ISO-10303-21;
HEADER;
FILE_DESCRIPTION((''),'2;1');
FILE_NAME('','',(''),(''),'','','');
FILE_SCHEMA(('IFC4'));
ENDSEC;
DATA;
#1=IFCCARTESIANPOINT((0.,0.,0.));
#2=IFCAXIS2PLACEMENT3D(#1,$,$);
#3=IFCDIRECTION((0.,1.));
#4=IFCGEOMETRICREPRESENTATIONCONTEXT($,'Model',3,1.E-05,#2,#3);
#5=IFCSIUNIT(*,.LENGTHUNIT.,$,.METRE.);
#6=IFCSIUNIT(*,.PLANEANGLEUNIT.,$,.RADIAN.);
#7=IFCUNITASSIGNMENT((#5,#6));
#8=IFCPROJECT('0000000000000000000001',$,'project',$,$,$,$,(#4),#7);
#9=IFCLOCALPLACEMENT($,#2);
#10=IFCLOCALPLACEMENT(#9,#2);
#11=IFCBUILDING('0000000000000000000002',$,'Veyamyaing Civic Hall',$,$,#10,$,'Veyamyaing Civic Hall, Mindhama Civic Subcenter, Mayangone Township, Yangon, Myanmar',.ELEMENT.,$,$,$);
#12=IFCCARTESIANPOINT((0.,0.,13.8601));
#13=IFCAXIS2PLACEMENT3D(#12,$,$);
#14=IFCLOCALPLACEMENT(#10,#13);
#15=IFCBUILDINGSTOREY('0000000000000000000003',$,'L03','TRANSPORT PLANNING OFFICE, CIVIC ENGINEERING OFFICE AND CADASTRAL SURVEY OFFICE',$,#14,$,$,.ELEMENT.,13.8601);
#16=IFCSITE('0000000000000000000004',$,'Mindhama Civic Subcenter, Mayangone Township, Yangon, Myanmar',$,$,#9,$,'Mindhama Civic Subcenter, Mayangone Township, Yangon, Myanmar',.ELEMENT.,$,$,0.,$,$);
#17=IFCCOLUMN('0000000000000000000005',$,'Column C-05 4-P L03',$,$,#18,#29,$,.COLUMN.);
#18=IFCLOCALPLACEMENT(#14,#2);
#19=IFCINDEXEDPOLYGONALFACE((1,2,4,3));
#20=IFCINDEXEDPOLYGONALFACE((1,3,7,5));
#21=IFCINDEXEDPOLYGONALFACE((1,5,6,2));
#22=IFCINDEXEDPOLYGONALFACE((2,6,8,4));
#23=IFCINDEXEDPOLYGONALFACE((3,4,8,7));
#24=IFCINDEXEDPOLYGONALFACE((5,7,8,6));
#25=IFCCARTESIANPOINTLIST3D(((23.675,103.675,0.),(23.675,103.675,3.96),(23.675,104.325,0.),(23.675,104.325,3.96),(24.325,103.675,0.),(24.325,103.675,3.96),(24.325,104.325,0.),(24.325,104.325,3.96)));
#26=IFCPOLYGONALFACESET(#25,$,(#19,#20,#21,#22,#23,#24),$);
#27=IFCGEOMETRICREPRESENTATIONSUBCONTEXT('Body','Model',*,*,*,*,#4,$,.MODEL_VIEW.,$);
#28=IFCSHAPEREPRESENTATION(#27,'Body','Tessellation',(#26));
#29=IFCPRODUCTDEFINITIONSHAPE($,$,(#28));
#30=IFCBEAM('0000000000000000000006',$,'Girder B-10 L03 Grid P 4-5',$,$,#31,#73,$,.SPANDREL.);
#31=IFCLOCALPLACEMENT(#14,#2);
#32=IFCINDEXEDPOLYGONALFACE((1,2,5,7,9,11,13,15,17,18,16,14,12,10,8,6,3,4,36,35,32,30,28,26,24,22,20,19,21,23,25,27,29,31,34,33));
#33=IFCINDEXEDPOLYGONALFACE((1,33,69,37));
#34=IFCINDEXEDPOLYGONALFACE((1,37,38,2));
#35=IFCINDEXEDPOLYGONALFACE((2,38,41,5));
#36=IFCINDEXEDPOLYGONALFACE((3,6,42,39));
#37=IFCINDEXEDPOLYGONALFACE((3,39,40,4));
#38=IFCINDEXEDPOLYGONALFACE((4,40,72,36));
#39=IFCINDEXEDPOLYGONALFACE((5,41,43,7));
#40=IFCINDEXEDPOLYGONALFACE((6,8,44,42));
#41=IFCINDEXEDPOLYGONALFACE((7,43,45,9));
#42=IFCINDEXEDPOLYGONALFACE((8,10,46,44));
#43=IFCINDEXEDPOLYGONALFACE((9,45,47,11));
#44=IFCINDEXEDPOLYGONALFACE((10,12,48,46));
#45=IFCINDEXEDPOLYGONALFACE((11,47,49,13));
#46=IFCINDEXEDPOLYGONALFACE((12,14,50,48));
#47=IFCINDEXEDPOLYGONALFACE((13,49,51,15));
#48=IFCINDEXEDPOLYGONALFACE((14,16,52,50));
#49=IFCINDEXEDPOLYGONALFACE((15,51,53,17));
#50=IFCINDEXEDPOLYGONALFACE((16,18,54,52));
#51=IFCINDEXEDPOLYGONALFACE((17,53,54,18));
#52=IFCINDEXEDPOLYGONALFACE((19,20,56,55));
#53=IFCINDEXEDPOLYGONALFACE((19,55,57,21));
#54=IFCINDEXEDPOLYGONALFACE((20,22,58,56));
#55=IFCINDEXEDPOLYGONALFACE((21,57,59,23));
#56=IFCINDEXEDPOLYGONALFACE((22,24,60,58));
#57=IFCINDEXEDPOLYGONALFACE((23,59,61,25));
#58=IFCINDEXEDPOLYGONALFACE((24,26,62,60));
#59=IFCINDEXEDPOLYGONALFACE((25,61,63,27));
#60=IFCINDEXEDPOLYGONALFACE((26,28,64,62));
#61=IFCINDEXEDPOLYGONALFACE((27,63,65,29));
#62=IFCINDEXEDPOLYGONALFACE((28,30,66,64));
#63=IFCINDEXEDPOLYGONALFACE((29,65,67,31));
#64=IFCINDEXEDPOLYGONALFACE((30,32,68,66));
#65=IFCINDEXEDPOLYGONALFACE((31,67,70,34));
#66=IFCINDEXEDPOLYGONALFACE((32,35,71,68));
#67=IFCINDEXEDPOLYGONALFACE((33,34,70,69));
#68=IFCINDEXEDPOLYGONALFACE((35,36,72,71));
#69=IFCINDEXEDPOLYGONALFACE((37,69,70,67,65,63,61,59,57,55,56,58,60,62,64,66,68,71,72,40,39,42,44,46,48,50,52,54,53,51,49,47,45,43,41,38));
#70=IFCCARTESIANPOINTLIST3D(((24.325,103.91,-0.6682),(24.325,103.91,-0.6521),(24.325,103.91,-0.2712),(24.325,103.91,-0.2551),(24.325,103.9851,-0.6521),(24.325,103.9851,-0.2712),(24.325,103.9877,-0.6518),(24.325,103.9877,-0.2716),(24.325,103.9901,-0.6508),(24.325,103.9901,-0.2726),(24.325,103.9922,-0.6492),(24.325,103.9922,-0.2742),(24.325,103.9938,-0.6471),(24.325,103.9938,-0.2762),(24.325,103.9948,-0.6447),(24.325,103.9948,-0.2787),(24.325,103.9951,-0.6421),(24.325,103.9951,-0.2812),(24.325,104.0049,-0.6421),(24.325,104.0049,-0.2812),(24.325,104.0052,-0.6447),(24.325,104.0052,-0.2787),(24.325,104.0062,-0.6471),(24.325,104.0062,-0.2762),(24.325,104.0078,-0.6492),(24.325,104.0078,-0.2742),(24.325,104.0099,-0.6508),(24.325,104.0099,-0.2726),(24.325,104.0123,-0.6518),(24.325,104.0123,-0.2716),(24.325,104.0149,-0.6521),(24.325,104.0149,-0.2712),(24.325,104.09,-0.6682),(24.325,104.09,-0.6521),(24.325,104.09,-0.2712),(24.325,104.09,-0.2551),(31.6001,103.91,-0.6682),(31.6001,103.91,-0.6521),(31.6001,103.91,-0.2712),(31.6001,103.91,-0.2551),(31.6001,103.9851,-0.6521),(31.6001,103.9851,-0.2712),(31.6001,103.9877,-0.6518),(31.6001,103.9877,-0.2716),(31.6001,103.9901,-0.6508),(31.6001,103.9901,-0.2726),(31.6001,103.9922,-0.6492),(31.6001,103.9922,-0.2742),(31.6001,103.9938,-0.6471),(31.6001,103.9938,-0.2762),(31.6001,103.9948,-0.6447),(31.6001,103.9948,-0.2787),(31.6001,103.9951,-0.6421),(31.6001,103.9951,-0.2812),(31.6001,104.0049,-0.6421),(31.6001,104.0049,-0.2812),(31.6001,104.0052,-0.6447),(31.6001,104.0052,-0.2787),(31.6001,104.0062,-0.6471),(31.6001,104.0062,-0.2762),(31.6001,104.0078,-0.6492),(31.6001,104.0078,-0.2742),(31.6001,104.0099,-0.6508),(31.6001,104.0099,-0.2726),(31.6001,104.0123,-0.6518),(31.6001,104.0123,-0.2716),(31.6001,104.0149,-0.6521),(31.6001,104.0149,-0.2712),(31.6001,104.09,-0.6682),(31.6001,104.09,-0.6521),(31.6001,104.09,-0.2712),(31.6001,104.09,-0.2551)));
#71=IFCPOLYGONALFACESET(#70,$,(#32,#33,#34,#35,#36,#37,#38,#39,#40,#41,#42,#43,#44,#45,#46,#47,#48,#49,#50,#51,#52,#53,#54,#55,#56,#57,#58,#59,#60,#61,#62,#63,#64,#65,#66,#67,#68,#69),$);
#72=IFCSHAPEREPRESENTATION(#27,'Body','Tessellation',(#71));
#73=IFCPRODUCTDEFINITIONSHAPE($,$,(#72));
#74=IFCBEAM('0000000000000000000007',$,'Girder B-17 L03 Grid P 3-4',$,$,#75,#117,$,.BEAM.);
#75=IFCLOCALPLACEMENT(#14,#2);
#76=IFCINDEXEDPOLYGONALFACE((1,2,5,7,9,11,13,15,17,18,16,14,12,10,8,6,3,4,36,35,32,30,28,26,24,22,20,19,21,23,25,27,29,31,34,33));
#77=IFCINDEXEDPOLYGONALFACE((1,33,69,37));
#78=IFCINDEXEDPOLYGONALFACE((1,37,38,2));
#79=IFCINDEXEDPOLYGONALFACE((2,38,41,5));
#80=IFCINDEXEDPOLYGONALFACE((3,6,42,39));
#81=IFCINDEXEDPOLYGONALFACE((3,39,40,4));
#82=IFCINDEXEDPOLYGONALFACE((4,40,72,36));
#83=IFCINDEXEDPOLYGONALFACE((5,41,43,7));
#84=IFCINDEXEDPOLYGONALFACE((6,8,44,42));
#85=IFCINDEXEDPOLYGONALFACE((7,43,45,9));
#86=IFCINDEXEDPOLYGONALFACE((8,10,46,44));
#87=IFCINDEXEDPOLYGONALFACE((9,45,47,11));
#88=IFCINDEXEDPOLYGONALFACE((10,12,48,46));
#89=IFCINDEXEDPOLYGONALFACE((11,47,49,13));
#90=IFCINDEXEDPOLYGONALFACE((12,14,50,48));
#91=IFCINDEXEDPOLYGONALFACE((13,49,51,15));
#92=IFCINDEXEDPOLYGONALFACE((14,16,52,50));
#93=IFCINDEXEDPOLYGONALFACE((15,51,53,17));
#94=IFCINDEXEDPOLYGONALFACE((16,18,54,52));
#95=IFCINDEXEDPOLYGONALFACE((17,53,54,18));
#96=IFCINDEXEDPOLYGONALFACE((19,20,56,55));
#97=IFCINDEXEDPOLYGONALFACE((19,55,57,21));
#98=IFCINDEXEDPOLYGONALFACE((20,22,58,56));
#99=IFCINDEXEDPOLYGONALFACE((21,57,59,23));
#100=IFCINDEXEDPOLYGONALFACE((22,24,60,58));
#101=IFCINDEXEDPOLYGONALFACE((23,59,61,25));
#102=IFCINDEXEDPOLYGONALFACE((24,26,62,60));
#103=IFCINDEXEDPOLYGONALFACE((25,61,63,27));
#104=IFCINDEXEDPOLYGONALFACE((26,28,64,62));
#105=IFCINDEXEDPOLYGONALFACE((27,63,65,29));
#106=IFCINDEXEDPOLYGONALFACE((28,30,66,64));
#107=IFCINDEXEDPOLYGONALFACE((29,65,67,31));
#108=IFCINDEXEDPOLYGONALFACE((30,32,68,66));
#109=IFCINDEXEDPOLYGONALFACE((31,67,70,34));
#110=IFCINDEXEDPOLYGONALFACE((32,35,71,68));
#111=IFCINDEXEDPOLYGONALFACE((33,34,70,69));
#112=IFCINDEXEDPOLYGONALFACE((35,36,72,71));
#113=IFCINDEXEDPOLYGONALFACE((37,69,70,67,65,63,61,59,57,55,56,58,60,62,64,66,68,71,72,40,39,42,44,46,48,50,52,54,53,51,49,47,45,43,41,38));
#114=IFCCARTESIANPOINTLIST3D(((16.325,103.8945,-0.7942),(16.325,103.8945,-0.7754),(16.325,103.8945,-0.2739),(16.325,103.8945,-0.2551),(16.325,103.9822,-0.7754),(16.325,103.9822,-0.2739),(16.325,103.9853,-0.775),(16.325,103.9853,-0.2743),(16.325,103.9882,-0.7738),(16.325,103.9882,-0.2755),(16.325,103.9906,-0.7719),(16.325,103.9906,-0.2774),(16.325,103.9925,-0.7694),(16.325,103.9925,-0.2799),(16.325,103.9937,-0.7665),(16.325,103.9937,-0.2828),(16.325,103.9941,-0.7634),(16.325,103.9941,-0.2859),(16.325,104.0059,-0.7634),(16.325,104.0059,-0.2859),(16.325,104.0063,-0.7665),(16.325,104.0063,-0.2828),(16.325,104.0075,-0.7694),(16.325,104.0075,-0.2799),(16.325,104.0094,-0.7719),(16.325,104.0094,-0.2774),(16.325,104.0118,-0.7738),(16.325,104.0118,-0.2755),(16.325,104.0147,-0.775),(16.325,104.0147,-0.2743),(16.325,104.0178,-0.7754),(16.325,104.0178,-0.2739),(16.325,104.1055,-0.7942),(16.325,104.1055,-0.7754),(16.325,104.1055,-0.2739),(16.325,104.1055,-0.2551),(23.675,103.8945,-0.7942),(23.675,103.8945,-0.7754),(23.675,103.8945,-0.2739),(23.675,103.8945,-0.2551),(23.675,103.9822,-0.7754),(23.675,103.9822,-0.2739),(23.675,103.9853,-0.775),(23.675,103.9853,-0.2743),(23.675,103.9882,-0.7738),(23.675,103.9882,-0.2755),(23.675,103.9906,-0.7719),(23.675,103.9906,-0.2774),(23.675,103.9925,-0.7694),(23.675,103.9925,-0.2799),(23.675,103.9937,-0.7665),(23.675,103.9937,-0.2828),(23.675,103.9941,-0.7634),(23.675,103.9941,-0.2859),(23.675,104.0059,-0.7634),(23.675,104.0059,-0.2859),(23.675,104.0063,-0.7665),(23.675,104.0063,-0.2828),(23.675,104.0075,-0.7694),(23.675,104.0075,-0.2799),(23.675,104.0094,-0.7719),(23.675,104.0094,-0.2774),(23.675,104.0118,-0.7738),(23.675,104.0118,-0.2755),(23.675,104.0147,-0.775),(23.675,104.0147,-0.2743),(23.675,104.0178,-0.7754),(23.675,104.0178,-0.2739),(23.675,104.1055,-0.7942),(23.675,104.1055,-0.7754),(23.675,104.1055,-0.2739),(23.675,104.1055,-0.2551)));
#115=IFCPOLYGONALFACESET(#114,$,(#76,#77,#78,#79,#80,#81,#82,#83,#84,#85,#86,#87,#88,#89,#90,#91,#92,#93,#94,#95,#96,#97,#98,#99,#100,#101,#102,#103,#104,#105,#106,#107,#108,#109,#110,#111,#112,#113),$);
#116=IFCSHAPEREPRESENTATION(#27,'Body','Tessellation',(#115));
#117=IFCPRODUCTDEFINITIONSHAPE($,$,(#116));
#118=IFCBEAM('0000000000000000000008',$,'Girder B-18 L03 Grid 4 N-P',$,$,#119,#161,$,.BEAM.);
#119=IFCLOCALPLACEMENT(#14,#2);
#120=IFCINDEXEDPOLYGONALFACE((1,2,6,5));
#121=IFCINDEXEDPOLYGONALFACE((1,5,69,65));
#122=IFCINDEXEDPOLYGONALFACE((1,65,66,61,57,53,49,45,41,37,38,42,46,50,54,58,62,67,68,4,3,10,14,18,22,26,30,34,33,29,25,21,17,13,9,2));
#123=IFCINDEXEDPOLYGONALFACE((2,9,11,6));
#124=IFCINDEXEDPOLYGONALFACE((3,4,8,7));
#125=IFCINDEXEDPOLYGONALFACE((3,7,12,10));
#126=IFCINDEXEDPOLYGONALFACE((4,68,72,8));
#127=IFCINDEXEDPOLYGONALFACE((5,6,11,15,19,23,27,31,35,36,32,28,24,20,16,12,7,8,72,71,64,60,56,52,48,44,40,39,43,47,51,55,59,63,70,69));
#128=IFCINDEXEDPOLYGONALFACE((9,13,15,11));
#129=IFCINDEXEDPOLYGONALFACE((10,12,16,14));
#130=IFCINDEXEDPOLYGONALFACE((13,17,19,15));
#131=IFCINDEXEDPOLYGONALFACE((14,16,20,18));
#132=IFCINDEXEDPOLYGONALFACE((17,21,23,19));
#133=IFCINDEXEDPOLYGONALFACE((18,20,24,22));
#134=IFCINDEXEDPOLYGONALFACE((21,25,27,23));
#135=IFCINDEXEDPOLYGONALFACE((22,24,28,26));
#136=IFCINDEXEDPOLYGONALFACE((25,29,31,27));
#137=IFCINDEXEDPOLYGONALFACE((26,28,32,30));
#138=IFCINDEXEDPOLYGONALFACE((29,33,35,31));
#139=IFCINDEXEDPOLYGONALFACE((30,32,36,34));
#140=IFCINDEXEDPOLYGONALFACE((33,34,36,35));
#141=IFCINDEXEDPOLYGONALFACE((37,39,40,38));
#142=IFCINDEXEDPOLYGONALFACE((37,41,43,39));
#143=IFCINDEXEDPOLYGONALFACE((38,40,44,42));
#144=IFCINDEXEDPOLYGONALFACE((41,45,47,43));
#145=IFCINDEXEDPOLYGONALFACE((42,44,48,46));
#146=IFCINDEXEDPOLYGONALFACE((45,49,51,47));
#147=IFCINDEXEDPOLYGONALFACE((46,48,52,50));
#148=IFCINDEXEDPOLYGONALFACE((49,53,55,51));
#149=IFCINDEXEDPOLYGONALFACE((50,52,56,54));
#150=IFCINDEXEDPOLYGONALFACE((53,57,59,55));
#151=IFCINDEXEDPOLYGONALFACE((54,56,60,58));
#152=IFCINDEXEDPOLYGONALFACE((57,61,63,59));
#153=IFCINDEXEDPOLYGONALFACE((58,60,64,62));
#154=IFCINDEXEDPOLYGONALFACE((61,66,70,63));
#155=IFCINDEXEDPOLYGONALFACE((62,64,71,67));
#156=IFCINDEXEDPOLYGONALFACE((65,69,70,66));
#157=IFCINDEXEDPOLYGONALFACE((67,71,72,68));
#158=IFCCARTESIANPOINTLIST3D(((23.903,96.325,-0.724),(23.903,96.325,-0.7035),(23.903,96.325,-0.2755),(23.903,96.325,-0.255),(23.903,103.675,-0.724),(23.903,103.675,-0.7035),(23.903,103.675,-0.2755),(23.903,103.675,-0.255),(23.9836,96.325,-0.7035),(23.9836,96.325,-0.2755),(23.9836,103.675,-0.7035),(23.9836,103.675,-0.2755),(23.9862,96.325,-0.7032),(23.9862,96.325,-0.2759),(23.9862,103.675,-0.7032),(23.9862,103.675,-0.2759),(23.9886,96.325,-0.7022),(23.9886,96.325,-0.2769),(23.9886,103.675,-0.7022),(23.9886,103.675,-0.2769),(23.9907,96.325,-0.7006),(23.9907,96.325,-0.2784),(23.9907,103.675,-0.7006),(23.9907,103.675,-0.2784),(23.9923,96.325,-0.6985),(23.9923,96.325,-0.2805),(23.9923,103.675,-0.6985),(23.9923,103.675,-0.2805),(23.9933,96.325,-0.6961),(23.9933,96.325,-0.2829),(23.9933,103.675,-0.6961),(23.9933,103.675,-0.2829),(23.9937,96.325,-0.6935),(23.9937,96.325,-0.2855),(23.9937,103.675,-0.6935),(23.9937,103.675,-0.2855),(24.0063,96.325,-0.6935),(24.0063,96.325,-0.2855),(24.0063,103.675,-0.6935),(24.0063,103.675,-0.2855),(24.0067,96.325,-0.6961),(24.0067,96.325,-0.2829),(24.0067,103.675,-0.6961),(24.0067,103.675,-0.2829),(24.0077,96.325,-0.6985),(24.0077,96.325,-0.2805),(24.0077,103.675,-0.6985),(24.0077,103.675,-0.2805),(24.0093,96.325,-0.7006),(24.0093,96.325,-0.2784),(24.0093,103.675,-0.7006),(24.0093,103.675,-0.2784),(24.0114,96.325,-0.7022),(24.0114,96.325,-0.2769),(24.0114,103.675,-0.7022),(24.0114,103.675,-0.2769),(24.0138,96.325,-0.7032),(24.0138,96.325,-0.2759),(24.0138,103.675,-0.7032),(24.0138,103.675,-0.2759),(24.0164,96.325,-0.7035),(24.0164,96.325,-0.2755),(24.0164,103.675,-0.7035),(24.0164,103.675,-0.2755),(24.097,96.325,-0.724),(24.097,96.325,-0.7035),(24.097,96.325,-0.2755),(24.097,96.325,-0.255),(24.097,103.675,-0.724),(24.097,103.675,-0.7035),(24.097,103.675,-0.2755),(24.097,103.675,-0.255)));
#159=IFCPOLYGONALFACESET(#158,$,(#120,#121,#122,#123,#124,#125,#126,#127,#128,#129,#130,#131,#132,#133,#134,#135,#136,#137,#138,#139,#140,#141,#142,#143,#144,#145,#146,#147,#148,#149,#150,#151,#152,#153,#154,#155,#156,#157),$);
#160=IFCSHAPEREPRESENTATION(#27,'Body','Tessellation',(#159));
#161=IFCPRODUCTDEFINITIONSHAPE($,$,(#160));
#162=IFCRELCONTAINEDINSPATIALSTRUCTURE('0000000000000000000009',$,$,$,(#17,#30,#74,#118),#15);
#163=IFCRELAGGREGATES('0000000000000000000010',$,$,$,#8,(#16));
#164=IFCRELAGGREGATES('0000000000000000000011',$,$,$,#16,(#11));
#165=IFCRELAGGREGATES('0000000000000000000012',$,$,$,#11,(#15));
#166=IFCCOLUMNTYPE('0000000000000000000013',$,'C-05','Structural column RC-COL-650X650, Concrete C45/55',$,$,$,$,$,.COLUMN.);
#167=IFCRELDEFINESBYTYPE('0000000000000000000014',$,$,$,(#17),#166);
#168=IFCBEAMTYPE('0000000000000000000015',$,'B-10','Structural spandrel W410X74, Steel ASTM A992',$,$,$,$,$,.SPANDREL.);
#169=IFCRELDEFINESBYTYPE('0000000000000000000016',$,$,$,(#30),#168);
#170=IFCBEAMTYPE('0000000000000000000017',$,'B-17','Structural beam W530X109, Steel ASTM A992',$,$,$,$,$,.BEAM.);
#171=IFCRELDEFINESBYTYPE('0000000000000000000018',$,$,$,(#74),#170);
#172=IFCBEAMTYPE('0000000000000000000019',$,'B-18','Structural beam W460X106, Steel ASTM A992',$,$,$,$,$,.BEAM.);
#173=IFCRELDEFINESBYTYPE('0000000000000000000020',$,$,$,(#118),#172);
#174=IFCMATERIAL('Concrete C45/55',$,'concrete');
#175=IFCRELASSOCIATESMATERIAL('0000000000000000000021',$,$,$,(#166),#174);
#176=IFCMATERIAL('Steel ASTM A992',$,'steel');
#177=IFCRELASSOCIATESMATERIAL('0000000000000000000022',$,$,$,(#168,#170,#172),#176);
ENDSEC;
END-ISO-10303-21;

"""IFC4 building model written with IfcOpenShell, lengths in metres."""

from ifc_helpers import new_model, si_unit, direction, frame, origin, origin_2d, place, context, subcontext, project, spatial, rectangle, i_section, extrude, material, material_profile, profile_set, type_object, element, save


model = new_model("IFC4")

# Units and contexts
model_context = context("Model", 3, precision=1e-05, world=origin(), true_north=direction((0.0, 1.0)))
body_context = subcontext(model_context, "Body", "Model", "MODEL_VIEW")
ifc_project = project(units=[si_unit("LENGTHUNIT", "METRE"), si_unit("PLANEANGLEUNIT", "RADIAN")], contexts=[model_context])

# Site, building, storey
site_placement = place(None, origin())
site = spatial("IfcSite", under=ifc_project, at=site_placement, Name="Mindhama Civic Subcenter, Mayangone Township, Yangon, Myanmar", LongName="Mindhama Civic Subcenter, Mayangone Township, Yangon, Myanmar", CompositionType="ELEMENT", RefElevation=0.0)
building_placement = place(site_placement, origin())
building = spatial("IfcBuilding", under=site, at=building_placement, Name="Veyamyaing Civic Hall", LongName="Veyamyaing Civic Hall, Mindhama Civic Subcenter, Mayangone Township, Yangon, Myanmar", CompositionType="ELEMENT")
storey_placement = place(building_placement, frame((0.0, 0.0, 13.8601)))
storey = spatial("IfcBuildingStorey", under=building, at=storey_placement, Name="L03", Description="TRANSPORT PLANNING OFFICE, CIVIC ENGINEERING OFFICE AND CADASTRAL SURVEY OFFICE", CompositionType="ELEMENT", Elevation=13.8601)

# Column
ifc_material_1 = material(Name="Concrete C45/55", Category="concrete")
ifc_material_profile_1 = material_profile(ifc_material_1, rectangle(XDim=0.6499, YDim=0.6499, at=origin_2d()), Name="RC-COL-650X650")
ifc_profile_set_1 = profile_set([ifc_material_profile_1], Name="Concrete C45/55")
column_type = type_object("IfcColumnType", Name="C-05", Description="Structural column RC-COL-650X650, Concrete C45/55", PredefinedType="COLUMN", material=ifc_profile_set_1)
column_placement = place(storey_placement, frame((24.0, 104.0, 0.0), z_axis=(0.0, 0.0, 1.0), x_axis=(1.0, 0.0, 0.0)))
element("IfcColumn", 1, at=column_placement, inside=storey, type_object=column_type, Name="Column C-05 4-P L03", PredefinedType="COLUMN", context=body_context, shape_type="SweptSolid", body=[
    extrude(rectangle(XDim=0.6499, YDim=0.6499, at=origin_2d()), origin(), (0.0, 0.0, 1.0), 3.96),
])

# Beams
ifc_material_2 = material(Name="Steel ASTM A992", Category="steel")
ifc_material_profile_2 = material_profile(ifc_material_2, i_section(OverallWidth=0.1799, OverallDepth=0.4131, WebThickness=0.0098, FlangeThickness=0.0161, FilletRadius=0.01, at=origin_2d()), Name="W410X74")
ifc_profile_set_2 = profile_set([ifc_material_profile_2], Name="Steel ASTM A992")
beam_type_1 = type_object("IfcBeamType", Name="B-10", Description="Structural spandrel W410X74, Steel ASTM A992", PredefinedType="SPANDREL", material=ifc_profile_set_2)
beam_1_placement = place(storey_placement, frame((24.325, 104.0, -0.4617), z_axis=(1.0, 0.0, 0.0), x_axis=(0.0, 1.0, 0.0)))
element("IfcBeam", 2, at=beam_1_placement, inside=storey, type_object=beam_type_1, Name="Girder B-10 L03 Grid P 4-5", PredefinedType="SPANDREL", context=body_context, shape_type="SweptSolid", body=[
    extrude(i_section(OverallWidth=0.1799, OverallDepth=0.4131, WebThickness=0.0098, FlangeThickness=0.0161, FilletRadius=0.01, at=origin_2d()), origin(), (0.0, 0.0, 1.0), 7.2751),
])
ifc_material_profile_3 = material_profile(ifc_material_2, i_section(OverallWidth=0.2109, OverallDepth=0.5391, WebThickness=0.0117, FlangeThickness=0.0188, FilletRadius=0.012, at=origin_2d()), Name="W530X109")
ifc_profile_set_3 = profile_set([ifc_material_profile_3], Name="Steel ASTM A992")
beam_type_2 = type_object("IfcBeamType", Name="B-17", Description="Structural beam W530X109, Steel ASTM A992", PredefinedType="BEAM", material=ifc_profile_set_3)
beam_2_placement = place(storey_placement, frame((16.325, 104.0, -0.5247), z_axis=(1.0, 0.0, 0.0), x_axis=(0.0, 1.0, 0.0)))
element("IfcBeam", 3, at=beam_2_placement, inside=storey, type_object=beam_type_2, Name="Girder B-17 L03 Grid P 3-4", PredefinedType="BEAM", context=body_context, shape_type="SweptSolid", body=[
    extrude(i_section(OverallWidth=0.2109, OverallDepth=0.5391, WebThickness=0.0117, FlangeThickness=0.0188, FilletRadius=0.012, at=origin_2d()), origin(), (0.0, 0.0, 1.0), 7.3501),
])
ifc_material_profile_4 = material_profile(ifc_material_2, i_section(OverallWidth=0.1941, OverallDepth=0.469, WebThickness=0.0127, FlangeThickness=0.0205, FilletRadius=0.01, at=origin_2d()), Name="W460X106")
ifc_profile_set_4 = profile_set([ifc_material_profile_4], Name="Steel ASTM A992")
beam_type_3 = type_object("IfcBeamType", Name="B-18", Description="Structural beam W460X106, Steel ASTM A992", PredefinedType="BEAM", material=ifc_profile_set_4)
beam_3_placement = place(storey_placement, frame((24.0, 96.325, -0.4895), z_axis=(0.0, 1.0, 0.0), x_axis=(-1.0, 0.0, 0.0)))
element("IfcBeam", 4, at=beam_3_placement, inside=storey, type_object=beam_type_3, Name="Girder B-18 L03 Grid 4 N-P", PredefinedType="BEAM", context=body_context, shape_type="SweptSolid", body=[
    extrude(i_section(OverallWidth=0.1941, OverallDepth=0.469, WebThickness=0.0127, FlangeThickness=0.0205, FilletRadius=0.01, at=origin_2d()), origin(), (0.0, 0.0, 1.0), 7.3501),
])

save(model, "model.ifc")
